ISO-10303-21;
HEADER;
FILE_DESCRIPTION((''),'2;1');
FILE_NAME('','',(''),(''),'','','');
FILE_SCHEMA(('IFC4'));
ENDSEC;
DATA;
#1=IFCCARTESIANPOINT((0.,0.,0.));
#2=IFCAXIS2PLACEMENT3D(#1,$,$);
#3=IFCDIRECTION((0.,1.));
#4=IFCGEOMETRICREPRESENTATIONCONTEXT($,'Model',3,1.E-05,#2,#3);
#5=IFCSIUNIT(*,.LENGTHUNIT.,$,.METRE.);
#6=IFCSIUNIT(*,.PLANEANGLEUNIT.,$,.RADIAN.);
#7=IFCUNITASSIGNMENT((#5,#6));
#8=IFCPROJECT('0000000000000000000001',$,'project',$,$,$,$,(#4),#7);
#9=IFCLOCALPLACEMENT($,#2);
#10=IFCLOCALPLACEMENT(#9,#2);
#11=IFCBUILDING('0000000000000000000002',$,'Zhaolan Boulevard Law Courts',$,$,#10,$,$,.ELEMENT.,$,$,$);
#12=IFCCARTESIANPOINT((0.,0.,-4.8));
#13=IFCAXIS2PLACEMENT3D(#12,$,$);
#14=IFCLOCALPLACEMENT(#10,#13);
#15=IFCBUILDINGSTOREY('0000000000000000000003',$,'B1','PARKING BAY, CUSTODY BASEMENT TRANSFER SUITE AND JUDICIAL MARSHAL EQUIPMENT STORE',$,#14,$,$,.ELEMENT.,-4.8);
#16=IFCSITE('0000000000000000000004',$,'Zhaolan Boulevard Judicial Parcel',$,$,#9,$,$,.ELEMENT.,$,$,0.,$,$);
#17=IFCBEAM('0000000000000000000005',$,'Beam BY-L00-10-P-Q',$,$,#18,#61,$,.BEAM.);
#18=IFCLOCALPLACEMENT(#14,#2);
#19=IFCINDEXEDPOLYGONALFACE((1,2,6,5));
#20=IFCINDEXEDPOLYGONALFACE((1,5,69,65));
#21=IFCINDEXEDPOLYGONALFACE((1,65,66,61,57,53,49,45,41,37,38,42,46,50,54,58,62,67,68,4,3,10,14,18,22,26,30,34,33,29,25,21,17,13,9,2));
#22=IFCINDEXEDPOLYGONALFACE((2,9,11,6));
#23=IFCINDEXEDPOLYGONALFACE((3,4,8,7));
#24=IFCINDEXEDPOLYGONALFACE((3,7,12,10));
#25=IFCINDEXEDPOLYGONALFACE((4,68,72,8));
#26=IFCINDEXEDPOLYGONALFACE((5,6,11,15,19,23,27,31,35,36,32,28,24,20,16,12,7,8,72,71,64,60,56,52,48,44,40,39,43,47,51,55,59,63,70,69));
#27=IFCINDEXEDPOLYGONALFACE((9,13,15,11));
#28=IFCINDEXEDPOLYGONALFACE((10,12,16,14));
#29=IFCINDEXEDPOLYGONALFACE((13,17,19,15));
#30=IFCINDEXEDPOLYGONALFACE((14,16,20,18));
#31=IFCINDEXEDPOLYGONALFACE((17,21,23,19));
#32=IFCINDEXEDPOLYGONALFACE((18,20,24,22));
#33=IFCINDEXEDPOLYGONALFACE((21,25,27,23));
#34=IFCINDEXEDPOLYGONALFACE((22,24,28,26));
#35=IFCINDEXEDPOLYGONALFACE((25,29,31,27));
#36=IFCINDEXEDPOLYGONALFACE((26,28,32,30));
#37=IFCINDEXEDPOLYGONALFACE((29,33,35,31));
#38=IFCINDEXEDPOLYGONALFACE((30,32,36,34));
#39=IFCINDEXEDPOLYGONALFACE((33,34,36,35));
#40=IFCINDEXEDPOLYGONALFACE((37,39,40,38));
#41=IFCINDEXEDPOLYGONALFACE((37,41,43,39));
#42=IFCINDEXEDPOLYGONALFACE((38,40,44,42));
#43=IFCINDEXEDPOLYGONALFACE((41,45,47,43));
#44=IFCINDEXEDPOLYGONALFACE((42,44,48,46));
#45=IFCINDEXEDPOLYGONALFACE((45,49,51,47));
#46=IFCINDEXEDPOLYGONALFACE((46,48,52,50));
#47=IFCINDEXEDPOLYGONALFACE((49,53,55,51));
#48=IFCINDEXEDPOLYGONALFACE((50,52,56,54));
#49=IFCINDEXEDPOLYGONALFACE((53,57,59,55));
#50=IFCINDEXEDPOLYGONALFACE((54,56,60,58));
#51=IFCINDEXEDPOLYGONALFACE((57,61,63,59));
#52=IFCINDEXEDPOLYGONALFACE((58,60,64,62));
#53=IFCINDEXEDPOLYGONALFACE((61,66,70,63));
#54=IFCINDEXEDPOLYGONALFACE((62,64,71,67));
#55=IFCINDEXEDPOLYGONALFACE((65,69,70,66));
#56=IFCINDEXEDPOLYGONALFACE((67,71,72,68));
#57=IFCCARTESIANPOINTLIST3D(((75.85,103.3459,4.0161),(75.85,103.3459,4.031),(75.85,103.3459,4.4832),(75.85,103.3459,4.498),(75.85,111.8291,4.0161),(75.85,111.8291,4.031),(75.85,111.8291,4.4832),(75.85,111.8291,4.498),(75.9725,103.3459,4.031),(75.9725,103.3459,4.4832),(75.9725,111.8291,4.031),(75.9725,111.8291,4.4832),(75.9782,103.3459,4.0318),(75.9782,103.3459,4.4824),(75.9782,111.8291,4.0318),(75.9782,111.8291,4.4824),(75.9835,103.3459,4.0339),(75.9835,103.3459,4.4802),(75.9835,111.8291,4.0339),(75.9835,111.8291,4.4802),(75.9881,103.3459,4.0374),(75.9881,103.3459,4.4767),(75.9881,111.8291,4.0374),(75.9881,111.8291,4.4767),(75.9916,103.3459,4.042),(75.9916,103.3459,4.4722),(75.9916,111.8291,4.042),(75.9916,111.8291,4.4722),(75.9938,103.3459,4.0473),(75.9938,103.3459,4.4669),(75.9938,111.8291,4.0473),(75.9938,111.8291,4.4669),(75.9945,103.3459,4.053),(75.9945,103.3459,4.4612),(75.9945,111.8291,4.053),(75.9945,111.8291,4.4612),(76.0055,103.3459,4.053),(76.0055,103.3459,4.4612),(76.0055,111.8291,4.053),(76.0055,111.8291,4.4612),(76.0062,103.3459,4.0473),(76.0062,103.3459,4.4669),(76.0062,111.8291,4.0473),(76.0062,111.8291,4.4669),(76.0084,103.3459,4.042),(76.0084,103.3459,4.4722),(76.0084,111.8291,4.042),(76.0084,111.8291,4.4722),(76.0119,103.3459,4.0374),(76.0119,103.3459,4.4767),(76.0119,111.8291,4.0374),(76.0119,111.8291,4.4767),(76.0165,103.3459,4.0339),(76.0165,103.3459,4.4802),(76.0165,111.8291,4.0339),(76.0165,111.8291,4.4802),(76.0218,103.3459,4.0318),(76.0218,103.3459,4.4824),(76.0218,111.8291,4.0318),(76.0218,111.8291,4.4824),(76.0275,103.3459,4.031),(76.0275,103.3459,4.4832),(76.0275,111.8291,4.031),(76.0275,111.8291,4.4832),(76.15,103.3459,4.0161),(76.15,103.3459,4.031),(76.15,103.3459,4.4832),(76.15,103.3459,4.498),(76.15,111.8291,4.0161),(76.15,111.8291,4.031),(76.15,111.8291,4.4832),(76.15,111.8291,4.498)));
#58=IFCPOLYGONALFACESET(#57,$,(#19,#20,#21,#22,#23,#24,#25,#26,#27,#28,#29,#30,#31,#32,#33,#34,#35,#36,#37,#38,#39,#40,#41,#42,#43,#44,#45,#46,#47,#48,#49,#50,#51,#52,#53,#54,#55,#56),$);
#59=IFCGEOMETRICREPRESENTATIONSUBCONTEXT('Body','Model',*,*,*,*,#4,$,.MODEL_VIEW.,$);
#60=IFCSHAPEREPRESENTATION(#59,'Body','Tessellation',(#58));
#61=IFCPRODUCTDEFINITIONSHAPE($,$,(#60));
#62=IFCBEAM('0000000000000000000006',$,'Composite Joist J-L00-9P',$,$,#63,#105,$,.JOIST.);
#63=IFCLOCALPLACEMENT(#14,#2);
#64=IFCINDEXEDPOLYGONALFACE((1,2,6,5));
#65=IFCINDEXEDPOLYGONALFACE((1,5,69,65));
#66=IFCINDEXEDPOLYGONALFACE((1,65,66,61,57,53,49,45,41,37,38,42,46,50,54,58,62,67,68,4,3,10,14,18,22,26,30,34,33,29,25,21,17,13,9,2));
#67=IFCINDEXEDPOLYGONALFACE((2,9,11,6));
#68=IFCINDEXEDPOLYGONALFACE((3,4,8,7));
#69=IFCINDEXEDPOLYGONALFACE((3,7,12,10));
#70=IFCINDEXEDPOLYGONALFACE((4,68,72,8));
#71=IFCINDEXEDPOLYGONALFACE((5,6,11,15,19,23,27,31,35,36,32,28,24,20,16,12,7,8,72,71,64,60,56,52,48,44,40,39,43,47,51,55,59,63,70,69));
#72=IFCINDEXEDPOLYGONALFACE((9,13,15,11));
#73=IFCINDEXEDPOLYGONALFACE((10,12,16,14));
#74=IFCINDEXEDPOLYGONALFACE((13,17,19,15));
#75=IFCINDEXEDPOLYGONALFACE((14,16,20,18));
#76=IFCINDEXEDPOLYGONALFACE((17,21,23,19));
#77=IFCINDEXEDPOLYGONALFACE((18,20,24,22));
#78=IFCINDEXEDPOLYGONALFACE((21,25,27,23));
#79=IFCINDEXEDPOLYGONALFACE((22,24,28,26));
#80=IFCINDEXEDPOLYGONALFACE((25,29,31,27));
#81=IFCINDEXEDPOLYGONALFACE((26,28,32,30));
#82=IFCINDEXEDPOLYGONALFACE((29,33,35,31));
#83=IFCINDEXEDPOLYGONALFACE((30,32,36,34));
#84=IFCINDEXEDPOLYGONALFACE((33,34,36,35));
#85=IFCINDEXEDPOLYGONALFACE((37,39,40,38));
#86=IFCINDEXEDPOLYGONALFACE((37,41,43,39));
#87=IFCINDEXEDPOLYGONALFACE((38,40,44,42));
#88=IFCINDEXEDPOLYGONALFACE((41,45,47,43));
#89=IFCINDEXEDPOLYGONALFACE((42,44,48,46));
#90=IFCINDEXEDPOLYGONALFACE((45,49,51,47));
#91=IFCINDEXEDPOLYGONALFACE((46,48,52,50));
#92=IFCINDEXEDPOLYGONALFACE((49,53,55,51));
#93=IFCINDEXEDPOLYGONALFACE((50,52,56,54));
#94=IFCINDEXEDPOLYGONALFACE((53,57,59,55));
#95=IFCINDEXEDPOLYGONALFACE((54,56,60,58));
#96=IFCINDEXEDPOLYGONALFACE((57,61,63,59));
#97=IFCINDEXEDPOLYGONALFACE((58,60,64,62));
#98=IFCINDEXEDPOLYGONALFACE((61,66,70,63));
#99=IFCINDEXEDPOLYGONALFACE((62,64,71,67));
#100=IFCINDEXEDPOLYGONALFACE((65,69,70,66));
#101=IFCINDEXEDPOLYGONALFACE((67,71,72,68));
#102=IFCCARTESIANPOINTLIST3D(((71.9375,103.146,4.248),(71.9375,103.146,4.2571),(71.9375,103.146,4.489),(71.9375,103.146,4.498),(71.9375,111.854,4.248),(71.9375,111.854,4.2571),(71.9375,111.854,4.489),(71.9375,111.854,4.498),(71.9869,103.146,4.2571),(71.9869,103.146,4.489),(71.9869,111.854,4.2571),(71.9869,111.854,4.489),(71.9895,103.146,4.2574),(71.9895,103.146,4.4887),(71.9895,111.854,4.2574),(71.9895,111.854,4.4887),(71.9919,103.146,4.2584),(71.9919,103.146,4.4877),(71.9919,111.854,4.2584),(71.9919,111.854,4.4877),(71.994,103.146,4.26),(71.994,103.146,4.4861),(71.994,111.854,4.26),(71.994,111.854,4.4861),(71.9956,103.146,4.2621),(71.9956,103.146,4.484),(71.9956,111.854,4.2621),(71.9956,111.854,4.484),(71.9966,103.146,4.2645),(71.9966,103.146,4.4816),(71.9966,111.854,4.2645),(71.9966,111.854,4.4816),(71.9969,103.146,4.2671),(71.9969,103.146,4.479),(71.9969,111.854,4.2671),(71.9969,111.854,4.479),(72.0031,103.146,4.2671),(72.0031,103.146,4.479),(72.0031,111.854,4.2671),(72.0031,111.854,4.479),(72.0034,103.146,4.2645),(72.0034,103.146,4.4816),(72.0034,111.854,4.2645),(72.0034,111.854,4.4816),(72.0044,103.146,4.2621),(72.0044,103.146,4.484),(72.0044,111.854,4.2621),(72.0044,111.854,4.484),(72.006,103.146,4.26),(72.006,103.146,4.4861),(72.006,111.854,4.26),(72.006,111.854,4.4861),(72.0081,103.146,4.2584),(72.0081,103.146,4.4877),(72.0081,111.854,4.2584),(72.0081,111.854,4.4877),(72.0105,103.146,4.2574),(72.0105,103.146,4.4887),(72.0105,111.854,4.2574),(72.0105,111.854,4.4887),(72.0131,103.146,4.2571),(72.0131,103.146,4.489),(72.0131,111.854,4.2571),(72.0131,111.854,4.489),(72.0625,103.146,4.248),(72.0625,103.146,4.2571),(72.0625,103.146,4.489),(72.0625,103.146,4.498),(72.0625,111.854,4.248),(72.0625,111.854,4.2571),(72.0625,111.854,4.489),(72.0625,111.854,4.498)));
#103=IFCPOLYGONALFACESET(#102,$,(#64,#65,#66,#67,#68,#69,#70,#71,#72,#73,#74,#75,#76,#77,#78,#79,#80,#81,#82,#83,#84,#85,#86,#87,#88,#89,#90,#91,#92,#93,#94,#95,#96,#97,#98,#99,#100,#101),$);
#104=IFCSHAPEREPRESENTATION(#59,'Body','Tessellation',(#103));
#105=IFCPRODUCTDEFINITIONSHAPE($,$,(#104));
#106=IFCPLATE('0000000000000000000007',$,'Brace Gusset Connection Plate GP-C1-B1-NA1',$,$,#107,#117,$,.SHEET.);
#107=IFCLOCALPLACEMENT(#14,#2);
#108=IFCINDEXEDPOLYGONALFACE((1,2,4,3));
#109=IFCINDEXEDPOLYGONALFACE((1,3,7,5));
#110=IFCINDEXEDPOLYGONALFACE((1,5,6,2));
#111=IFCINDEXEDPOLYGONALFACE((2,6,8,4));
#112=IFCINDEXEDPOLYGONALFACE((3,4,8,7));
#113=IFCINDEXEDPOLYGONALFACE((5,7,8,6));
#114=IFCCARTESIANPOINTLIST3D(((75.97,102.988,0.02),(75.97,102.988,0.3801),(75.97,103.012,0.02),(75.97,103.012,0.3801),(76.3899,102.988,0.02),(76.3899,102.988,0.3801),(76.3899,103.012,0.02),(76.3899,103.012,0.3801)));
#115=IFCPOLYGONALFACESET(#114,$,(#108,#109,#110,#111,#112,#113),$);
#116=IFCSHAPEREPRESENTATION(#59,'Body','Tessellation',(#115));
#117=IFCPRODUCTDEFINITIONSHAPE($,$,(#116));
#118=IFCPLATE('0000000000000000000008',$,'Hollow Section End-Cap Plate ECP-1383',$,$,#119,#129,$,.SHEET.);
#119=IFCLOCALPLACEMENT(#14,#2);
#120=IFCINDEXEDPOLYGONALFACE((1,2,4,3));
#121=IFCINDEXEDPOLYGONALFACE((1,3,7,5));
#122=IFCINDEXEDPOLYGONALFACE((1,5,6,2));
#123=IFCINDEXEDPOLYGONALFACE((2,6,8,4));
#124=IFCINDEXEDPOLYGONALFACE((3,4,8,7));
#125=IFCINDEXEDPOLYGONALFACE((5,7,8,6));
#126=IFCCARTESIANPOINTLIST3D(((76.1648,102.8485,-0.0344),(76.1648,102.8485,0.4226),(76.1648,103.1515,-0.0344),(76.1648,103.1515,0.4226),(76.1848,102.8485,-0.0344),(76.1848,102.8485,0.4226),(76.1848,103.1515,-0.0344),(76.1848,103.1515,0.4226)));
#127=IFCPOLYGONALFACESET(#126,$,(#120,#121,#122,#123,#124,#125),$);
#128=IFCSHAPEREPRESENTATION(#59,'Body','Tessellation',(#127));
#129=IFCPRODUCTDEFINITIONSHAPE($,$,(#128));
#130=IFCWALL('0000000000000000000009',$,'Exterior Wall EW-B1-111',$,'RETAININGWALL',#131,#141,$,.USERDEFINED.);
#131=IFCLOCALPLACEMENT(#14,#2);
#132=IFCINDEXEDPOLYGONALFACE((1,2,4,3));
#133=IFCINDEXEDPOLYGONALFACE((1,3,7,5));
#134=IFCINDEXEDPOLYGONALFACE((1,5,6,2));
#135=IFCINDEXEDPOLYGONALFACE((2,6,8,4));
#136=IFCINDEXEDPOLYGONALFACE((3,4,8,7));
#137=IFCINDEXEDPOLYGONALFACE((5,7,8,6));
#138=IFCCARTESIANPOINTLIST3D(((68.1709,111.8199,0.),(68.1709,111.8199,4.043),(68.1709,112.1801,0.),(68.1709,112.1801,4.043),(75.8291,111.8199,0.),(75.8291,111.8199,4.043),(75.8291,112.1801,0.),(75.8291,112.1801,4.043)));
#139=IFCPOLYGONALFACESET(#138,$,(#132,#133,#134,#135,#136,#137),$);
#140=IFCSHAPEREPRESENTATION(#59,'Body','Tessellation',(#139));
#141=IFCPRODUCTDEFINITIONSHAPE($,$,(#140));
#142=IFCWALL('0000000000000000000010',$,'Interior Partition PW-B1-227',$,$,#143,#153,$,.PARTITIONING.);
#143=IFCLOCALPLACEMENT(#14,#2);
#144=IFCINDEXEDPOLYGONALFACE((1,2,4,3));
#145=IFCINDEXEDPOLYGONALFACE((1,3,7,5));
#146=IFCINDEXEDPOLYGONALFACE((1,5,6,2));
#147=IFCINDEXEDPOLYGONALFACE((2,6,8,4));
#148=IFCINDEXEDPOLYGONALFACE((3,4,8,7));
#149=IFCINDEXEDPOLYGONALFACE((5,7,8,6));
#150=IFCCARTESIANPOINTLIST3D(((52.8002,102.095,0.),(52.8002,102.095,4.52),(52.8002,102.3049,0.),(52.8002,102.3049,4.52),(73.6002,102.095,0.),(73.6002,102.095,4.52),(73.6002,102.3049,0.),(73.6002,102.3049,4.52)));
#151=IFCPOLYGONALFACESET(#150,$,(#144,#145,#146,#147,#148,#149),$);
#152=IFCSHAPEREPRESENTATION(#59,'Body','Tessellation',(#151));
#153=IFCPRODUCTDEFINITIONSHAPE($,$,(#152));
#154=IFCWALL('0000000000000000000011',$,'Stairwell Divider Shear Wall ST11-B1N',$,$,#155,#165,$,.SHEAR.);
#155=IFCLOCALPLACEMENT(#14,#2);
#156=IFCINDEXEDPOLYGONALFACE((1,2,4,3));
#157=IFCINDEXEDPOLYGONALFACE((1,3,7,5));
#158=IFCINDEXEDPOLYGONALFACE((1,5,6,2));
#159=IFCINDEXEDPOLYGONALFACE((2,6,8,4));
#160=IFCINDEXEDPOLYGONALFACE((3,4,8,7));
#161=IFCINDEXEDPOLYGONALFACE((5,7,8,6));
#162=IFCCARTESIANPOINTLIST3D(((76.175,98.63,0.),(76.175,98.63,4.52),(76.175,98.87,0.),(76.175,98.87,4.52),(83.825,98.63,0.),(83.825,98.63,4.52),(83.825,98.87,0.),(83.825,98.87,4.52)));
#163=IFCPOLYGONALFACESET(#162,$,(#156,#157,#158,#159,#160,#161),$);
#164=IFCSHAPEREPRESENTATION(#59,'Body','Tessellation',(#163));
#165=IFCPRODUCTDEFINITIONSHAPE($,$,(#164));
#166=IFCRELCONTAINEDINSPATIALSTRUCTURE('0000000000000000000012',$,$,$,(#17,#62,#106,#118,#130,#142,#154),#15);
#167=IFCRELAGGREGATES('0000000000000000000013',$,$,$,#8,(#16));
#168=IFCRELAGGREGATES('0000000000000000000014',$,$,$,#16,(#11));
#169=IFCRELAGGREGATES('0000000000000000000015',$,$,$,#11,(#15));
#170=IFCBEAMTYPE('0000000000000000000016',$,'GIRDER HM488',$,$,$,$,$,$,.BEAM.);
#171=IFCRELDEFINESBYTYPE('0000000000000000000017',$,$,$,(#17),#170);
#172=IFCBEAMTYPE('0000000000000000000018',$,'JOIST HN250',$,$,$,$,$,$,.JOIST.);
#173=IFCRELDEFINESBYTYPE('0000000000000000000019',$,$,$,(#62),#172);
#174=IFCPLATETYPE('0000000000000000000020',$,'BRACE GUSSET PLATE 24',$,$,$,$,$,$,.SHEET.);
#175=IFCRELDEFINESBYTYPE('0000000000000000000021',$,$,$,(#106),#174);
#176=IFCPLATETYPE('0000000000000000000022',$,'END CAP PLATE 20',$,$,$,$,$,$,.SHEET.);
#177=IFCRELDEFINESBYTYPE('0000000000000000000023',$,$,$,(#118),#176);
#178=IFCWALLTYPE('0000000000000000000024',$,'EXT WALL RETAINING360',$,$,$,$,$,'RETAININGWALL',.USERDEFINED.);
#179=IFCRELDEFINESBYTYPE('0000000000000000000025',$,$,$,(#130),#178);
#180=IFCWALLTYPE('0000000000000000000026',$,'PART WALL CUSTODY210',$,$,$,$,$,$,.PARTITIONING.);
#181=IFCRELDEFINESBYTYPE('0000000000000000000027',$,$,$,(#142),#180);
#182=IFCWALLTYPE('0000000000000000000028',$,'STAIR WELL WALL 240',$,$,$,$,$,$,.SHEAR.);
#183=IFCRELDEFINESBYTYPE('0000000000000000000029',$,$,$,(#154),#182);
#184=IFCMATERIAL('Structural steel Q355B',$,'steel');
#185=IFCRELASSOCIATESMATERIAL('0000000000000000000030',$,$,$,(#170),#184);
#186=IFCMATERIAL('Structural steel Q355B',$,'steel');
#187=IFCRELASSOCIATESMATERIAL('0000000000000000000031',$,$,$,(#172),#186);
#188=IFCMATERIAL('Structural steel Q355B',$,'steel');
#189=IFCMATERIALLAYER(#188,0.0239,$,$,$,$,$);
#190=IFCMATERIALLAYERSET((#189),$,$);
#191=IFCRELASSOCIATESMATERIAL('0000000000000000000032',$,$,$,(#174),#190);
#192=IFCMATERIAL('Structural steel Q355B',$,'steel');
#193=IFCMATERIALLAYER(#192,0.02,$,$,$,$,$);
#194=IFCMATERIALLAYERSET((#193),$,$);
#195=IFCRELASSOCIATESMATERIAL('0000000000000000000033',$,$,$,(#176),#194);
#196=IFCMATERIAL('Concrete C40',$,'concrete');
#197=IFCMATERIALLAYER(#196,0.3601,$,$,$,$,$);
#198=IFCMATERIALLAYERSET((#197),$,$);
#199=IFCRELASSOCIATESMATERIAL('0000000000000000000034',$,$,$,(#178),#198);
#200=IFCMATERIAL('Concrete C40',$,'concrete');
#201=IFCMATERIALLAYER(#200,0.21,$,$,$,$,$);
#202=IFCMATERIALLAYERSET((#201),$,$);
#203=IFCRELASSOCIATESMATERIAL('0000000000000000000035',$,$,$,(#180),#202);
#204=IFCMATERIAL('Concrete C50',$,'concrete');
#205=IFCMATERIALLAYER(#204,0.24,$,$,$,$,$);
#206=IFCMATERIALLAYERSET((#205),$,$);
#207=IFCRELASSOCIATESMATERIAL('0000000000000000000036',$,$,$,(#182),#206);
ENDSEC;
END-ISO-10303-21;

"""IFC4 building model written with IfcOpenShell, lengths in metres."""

from ifc_helpers import new_model, si_unit, direction, frame, frame_2d, origin, origin_2d, place, context, subcontext, project, spatial, rectangle, i_section, extrude, material, layer, layer_set, material_profile, profile_set, type_object, element, save


model = new_model("IFC4")

# Units and contexts
model_context = context("Model", 3, precision=1e-05, world=origin(), true_north=direction((0.0, 1.0)))
body_context = subcontext(model_context, "Body", "Model", "MODEL_VIEW")
ifc_project = project(units=[si_unit("LENGTHUNIT", "METRE"), si_unit("PLANEANGLEUNIT", "RADIAN")], contexts=[model_context])

# Site, building, storey
site_placement = place(None, origin())
site = spatial("IfcSite", under=ifc_project, at=site_placement, Name="Zhaolan Boulevard Judicial Parcel", CompositionType="ELEMENT", RefElevation=0.0)
building_placement = place(site_placement, origin())
building = spatial("IfcBuilding", under=site, at=building_placement, Name="Zhaolan Boulevard Law Courts", CompositionType="ELEMENT")
storey_placement = place(building_placement, frame((0.0, 0.0, -4.8)))
storey = spatial("IfcBuildingStorey", under=building, at=storey_placement, Name="B1", Description="PARKING BAY, CUSTODY BASEMENT TRANSFER SUITE AND JUDICIAL MARSHAL EQUIPMENT STORE", CompositionType="ELEMENT", Elevation=-4.8)

# Beams
ifc_material_1 = material(Name="Structural steel Q355B", Category="steel")
ifc_material_profile_1 = material_profile(ifc_material_1, i_section(OverallWidth=0.3, OverallDepth=0.4819, WebThickness=0.011, FlangeThickness=0.0149, FilletRadius=0.022, at=origin_2d()), Name="HM482x300")
ifc_profile_set_1 = profile_set([ifc_material_profile_1], Name="Structural steel Q355B")
beam_type_1 = type_object("IfcBeamType", Name="GIRDER HM488", PredefinedType="BEAM", material=ifc_profile_set_1)
beam_1_placement = place(storey_placement, frame((76.0, 103.3459, 4.2571), z_axis=(0.0, 1.0, 0.0), x_axis=(-1.0, 0.0, 0.0)))
element("IfcBeam", 1, at=beam_1_placement, inside=storey, type_object=beam_type_1, Name="Beam BY-L00-10-P-Q", PredefinedType="BEAM", context=body_context, shape_type="SweptSolid", body=[
    extrude(i_section(OverallWidth=0.3, OverallDepth=0.4819, WebThickness=0.011, FlangeThickness=0.0149, FilletRadius=0.022, at=origin_2d()), origin(), (0.0, 0.0, 1.0), 8.4832),
])
ifc_material_2 = material(Name="Structural steel Q355B", Category="steel")
ifc_material_profile_2 = material_profile(ifc_material_2, i_section(OverallWidth=0.125, OverallDepth=0.25, WebThickness=0.0061, FlangeThickness=0.009, FilletRadius=0.01, at=origin_2d()), Name="HN250x125")
ifc_profile_set_2 = profile_set([ifc_material_profile_2], Name="Structural steel Q355B")
beam_type_2 = type_object("IfcBeamType", Name="JOIST HN250", PredefinedType="JOIST", material=ifc_profile_set_2)
beam_2_placement = place(storey_placement, frame((72.0, 103.146, 4.373), z_axis=(0.0, 1.0, 0.0), x_axis=(-1.0, 0.0, 0.0)))
element("IfcBeam", 2, at=beam_2_placement, inside=storey, type_object=beam_type_2, Name="Composite Joist J-L00-9P", PredefinedType="JOIST", context=body_context, shape_type="SweptSolid", body=[
    extrude(i_section(OverallWidth=0.125, OverallDepth=0.25, WebThickness=0.0061, FlangeThickness=0.009, FilletRadius=0.01, at=origin_2d()), origin(), (0.0, 0.0, 1.0), 8.708),
])

# Plates
ifc_material_3 = material(Name="Structural steel Q355B", Category="steel")
ifc_layer_1 = layer(ifc_material_3, 0.0239)
ifc_layer_set_1 = layer_set([ifc_layer_1])
plate_type_1 = type_object("IfcPlateType", Name="BRACE GUSSET PLATE 24", PredefinedType="SHEET", material=ifc_layer_set_1)
plate_1_placement = place(storey_placement, frame((76.1799, 103.0, 0.02), z_axis=(0.0, 0.0, 1.0), x_axis=(1.0, 0.0, 0.0)))
element("IfcPlate", 3, at=plate_1_placement, inside=storey, type_object=plate_type_1, Name="Brace Gusset Connection Plate GP-C1-B1-NA1", PredefinedType="SHEET", context=body_context, shape_type="SweptSolid", body=[
    extrude(rectangle(XDim=0.4199, YDim=0.0239, at=origin_2d()), origin(), (0.0, 0.0, 1.0), 0.3601),
])
ifc_material_4 = material(Name="Structural steel Q355B", Category="steel")
ifc_layer_2 = layer(ifc_material_4, 0.02)
ifc_layer_set_2 = layer_set([ifc_layer_2])
plate_type_2 = type_object("IfcPlateType", Name="END CAP PLATE 20", PredefinedType="SHEET", material=ifc_layer_set_2)
plate_2_placement = place(storey_placement, frame((76.1748, 103.0, -0.0344), z_axis=(0.0, 0.0, 1.0), x_axis=(1.0, 0.0, 0.0)))
element("IfcPlate", 4, at=plate_2_placement, inside=storey, type_object=plate_type_2, Name="Hollow Section End-Cap Plate ECP-1383", PredefinedType="SHEET", context=body_context, shape_type="SweptSolid", body=[
    extrude(rectangle(XDim=0.02, YDim=0.303, at=origin_2d()), origin(), (0.0, 0.0, 1.0), 0.457),
])

# Walls
ifc_material_5 = material(Name="Concrete C40", Category="concrete")
ifc_layer_3 = layer(ifc_material_5, 0.3601)
ifc_layer_set_3 = layer_set([ifc_layer_3])
wall_type_1 = type_object("IfcWallType", Name="EXT WALL RETAINING360", ElementType="RETAININGWALL", PredefinedType="USERDEFINED", material=ifc_layer_set_3)
wall_1_placement = place(storey_placement, frame((75.8291, 112.0, 0.0), z_axis=(0.0, 0.0, 1.0), x_axis=(-1.0, 0.0, 0.0)))
element("IfcWall", 5, at=wall_1_placement, inside=storey, type_object=wall_type_1, Name="Exterior Wall EW-B1-111", ObjectType="RETAININGWALL", PredefinedType="USERDEFINED", context=body_context, shape_type="SweptSolid", body=[
    extrude(rectangle(XDim=7.6582, YDim=0.3601, at=frame_2d((3.8291, 0.0))), origin(), (0.0, 0.0, 1.0), 4.043),
])
ifc_material_6 = material(Name="Concrete C40", Category="concrete")
ifc_layer_4 = layer(ifc_material_6, 0.21)
ifc_layer_set_4 = layer_set([ifc_layer_4])
wall_type_2 = type_object("IfcWallType", Name="PART WALL CUSTODY210", PredefinedType="PARTITIONING", material=ifc_layer_set_4)
wall_2_placement = place(storey_placement, frame((73.6001, 102.2, 0.0), z_axis=(0.0, 0.0, 1.0), x_axis=(-1.0, 0.0, 0.0)))
element("IfcWall", 6, at=wall_2_placement, inside=storey, type_object=wall_type_2, Name="Interior Partition PW-B1-227", PredefinedType="PARTITIONING", context=body_context, shape_type="SweptSolid", body=[
    extrude(rectangle(XDim=20.8, YDim=0.21, at=frame_2d((10.3999, 0.0))), origin(), (0.0, 0.0, 1.0), 4.52),
])
ifc_material_7 = material(Name="Concrete C50", Category="concrete")
ifc_layer_5 = layer(ifc_material_7, 0.24)
ifc_layer_set_5 = layer_set([ifc_layer_5])
wall_type_3 = type_object("IfcWallType", Name="STAIR WELL WALL 240", PredefinedType="SHEAR", material=ifc_layer_set_5)
wall_3_placement = place(storey_placement, frame((76.175, 98.75, 0.0), z_axis=(0.0, 0.0, 1.0), x_axis=(1.0, 0.0, 0.0)))
element("IfcWall", 7, at=wall_3_placement, inside=storey, type_object=wall_type_3, Name="Stairwell Divider Shear Wall ST11-B1N", PredefinedType="SHEAR", context=body_context, shape_type="SweptSolid", body=[
    extrude(rectangle(XDim=7.6499, YDim=0.24, at=frame_2d((3.825, 0.0))), origin(), (0.0, 0.0, 1.0), 4.52),
])

save(model, "model.ifc")
